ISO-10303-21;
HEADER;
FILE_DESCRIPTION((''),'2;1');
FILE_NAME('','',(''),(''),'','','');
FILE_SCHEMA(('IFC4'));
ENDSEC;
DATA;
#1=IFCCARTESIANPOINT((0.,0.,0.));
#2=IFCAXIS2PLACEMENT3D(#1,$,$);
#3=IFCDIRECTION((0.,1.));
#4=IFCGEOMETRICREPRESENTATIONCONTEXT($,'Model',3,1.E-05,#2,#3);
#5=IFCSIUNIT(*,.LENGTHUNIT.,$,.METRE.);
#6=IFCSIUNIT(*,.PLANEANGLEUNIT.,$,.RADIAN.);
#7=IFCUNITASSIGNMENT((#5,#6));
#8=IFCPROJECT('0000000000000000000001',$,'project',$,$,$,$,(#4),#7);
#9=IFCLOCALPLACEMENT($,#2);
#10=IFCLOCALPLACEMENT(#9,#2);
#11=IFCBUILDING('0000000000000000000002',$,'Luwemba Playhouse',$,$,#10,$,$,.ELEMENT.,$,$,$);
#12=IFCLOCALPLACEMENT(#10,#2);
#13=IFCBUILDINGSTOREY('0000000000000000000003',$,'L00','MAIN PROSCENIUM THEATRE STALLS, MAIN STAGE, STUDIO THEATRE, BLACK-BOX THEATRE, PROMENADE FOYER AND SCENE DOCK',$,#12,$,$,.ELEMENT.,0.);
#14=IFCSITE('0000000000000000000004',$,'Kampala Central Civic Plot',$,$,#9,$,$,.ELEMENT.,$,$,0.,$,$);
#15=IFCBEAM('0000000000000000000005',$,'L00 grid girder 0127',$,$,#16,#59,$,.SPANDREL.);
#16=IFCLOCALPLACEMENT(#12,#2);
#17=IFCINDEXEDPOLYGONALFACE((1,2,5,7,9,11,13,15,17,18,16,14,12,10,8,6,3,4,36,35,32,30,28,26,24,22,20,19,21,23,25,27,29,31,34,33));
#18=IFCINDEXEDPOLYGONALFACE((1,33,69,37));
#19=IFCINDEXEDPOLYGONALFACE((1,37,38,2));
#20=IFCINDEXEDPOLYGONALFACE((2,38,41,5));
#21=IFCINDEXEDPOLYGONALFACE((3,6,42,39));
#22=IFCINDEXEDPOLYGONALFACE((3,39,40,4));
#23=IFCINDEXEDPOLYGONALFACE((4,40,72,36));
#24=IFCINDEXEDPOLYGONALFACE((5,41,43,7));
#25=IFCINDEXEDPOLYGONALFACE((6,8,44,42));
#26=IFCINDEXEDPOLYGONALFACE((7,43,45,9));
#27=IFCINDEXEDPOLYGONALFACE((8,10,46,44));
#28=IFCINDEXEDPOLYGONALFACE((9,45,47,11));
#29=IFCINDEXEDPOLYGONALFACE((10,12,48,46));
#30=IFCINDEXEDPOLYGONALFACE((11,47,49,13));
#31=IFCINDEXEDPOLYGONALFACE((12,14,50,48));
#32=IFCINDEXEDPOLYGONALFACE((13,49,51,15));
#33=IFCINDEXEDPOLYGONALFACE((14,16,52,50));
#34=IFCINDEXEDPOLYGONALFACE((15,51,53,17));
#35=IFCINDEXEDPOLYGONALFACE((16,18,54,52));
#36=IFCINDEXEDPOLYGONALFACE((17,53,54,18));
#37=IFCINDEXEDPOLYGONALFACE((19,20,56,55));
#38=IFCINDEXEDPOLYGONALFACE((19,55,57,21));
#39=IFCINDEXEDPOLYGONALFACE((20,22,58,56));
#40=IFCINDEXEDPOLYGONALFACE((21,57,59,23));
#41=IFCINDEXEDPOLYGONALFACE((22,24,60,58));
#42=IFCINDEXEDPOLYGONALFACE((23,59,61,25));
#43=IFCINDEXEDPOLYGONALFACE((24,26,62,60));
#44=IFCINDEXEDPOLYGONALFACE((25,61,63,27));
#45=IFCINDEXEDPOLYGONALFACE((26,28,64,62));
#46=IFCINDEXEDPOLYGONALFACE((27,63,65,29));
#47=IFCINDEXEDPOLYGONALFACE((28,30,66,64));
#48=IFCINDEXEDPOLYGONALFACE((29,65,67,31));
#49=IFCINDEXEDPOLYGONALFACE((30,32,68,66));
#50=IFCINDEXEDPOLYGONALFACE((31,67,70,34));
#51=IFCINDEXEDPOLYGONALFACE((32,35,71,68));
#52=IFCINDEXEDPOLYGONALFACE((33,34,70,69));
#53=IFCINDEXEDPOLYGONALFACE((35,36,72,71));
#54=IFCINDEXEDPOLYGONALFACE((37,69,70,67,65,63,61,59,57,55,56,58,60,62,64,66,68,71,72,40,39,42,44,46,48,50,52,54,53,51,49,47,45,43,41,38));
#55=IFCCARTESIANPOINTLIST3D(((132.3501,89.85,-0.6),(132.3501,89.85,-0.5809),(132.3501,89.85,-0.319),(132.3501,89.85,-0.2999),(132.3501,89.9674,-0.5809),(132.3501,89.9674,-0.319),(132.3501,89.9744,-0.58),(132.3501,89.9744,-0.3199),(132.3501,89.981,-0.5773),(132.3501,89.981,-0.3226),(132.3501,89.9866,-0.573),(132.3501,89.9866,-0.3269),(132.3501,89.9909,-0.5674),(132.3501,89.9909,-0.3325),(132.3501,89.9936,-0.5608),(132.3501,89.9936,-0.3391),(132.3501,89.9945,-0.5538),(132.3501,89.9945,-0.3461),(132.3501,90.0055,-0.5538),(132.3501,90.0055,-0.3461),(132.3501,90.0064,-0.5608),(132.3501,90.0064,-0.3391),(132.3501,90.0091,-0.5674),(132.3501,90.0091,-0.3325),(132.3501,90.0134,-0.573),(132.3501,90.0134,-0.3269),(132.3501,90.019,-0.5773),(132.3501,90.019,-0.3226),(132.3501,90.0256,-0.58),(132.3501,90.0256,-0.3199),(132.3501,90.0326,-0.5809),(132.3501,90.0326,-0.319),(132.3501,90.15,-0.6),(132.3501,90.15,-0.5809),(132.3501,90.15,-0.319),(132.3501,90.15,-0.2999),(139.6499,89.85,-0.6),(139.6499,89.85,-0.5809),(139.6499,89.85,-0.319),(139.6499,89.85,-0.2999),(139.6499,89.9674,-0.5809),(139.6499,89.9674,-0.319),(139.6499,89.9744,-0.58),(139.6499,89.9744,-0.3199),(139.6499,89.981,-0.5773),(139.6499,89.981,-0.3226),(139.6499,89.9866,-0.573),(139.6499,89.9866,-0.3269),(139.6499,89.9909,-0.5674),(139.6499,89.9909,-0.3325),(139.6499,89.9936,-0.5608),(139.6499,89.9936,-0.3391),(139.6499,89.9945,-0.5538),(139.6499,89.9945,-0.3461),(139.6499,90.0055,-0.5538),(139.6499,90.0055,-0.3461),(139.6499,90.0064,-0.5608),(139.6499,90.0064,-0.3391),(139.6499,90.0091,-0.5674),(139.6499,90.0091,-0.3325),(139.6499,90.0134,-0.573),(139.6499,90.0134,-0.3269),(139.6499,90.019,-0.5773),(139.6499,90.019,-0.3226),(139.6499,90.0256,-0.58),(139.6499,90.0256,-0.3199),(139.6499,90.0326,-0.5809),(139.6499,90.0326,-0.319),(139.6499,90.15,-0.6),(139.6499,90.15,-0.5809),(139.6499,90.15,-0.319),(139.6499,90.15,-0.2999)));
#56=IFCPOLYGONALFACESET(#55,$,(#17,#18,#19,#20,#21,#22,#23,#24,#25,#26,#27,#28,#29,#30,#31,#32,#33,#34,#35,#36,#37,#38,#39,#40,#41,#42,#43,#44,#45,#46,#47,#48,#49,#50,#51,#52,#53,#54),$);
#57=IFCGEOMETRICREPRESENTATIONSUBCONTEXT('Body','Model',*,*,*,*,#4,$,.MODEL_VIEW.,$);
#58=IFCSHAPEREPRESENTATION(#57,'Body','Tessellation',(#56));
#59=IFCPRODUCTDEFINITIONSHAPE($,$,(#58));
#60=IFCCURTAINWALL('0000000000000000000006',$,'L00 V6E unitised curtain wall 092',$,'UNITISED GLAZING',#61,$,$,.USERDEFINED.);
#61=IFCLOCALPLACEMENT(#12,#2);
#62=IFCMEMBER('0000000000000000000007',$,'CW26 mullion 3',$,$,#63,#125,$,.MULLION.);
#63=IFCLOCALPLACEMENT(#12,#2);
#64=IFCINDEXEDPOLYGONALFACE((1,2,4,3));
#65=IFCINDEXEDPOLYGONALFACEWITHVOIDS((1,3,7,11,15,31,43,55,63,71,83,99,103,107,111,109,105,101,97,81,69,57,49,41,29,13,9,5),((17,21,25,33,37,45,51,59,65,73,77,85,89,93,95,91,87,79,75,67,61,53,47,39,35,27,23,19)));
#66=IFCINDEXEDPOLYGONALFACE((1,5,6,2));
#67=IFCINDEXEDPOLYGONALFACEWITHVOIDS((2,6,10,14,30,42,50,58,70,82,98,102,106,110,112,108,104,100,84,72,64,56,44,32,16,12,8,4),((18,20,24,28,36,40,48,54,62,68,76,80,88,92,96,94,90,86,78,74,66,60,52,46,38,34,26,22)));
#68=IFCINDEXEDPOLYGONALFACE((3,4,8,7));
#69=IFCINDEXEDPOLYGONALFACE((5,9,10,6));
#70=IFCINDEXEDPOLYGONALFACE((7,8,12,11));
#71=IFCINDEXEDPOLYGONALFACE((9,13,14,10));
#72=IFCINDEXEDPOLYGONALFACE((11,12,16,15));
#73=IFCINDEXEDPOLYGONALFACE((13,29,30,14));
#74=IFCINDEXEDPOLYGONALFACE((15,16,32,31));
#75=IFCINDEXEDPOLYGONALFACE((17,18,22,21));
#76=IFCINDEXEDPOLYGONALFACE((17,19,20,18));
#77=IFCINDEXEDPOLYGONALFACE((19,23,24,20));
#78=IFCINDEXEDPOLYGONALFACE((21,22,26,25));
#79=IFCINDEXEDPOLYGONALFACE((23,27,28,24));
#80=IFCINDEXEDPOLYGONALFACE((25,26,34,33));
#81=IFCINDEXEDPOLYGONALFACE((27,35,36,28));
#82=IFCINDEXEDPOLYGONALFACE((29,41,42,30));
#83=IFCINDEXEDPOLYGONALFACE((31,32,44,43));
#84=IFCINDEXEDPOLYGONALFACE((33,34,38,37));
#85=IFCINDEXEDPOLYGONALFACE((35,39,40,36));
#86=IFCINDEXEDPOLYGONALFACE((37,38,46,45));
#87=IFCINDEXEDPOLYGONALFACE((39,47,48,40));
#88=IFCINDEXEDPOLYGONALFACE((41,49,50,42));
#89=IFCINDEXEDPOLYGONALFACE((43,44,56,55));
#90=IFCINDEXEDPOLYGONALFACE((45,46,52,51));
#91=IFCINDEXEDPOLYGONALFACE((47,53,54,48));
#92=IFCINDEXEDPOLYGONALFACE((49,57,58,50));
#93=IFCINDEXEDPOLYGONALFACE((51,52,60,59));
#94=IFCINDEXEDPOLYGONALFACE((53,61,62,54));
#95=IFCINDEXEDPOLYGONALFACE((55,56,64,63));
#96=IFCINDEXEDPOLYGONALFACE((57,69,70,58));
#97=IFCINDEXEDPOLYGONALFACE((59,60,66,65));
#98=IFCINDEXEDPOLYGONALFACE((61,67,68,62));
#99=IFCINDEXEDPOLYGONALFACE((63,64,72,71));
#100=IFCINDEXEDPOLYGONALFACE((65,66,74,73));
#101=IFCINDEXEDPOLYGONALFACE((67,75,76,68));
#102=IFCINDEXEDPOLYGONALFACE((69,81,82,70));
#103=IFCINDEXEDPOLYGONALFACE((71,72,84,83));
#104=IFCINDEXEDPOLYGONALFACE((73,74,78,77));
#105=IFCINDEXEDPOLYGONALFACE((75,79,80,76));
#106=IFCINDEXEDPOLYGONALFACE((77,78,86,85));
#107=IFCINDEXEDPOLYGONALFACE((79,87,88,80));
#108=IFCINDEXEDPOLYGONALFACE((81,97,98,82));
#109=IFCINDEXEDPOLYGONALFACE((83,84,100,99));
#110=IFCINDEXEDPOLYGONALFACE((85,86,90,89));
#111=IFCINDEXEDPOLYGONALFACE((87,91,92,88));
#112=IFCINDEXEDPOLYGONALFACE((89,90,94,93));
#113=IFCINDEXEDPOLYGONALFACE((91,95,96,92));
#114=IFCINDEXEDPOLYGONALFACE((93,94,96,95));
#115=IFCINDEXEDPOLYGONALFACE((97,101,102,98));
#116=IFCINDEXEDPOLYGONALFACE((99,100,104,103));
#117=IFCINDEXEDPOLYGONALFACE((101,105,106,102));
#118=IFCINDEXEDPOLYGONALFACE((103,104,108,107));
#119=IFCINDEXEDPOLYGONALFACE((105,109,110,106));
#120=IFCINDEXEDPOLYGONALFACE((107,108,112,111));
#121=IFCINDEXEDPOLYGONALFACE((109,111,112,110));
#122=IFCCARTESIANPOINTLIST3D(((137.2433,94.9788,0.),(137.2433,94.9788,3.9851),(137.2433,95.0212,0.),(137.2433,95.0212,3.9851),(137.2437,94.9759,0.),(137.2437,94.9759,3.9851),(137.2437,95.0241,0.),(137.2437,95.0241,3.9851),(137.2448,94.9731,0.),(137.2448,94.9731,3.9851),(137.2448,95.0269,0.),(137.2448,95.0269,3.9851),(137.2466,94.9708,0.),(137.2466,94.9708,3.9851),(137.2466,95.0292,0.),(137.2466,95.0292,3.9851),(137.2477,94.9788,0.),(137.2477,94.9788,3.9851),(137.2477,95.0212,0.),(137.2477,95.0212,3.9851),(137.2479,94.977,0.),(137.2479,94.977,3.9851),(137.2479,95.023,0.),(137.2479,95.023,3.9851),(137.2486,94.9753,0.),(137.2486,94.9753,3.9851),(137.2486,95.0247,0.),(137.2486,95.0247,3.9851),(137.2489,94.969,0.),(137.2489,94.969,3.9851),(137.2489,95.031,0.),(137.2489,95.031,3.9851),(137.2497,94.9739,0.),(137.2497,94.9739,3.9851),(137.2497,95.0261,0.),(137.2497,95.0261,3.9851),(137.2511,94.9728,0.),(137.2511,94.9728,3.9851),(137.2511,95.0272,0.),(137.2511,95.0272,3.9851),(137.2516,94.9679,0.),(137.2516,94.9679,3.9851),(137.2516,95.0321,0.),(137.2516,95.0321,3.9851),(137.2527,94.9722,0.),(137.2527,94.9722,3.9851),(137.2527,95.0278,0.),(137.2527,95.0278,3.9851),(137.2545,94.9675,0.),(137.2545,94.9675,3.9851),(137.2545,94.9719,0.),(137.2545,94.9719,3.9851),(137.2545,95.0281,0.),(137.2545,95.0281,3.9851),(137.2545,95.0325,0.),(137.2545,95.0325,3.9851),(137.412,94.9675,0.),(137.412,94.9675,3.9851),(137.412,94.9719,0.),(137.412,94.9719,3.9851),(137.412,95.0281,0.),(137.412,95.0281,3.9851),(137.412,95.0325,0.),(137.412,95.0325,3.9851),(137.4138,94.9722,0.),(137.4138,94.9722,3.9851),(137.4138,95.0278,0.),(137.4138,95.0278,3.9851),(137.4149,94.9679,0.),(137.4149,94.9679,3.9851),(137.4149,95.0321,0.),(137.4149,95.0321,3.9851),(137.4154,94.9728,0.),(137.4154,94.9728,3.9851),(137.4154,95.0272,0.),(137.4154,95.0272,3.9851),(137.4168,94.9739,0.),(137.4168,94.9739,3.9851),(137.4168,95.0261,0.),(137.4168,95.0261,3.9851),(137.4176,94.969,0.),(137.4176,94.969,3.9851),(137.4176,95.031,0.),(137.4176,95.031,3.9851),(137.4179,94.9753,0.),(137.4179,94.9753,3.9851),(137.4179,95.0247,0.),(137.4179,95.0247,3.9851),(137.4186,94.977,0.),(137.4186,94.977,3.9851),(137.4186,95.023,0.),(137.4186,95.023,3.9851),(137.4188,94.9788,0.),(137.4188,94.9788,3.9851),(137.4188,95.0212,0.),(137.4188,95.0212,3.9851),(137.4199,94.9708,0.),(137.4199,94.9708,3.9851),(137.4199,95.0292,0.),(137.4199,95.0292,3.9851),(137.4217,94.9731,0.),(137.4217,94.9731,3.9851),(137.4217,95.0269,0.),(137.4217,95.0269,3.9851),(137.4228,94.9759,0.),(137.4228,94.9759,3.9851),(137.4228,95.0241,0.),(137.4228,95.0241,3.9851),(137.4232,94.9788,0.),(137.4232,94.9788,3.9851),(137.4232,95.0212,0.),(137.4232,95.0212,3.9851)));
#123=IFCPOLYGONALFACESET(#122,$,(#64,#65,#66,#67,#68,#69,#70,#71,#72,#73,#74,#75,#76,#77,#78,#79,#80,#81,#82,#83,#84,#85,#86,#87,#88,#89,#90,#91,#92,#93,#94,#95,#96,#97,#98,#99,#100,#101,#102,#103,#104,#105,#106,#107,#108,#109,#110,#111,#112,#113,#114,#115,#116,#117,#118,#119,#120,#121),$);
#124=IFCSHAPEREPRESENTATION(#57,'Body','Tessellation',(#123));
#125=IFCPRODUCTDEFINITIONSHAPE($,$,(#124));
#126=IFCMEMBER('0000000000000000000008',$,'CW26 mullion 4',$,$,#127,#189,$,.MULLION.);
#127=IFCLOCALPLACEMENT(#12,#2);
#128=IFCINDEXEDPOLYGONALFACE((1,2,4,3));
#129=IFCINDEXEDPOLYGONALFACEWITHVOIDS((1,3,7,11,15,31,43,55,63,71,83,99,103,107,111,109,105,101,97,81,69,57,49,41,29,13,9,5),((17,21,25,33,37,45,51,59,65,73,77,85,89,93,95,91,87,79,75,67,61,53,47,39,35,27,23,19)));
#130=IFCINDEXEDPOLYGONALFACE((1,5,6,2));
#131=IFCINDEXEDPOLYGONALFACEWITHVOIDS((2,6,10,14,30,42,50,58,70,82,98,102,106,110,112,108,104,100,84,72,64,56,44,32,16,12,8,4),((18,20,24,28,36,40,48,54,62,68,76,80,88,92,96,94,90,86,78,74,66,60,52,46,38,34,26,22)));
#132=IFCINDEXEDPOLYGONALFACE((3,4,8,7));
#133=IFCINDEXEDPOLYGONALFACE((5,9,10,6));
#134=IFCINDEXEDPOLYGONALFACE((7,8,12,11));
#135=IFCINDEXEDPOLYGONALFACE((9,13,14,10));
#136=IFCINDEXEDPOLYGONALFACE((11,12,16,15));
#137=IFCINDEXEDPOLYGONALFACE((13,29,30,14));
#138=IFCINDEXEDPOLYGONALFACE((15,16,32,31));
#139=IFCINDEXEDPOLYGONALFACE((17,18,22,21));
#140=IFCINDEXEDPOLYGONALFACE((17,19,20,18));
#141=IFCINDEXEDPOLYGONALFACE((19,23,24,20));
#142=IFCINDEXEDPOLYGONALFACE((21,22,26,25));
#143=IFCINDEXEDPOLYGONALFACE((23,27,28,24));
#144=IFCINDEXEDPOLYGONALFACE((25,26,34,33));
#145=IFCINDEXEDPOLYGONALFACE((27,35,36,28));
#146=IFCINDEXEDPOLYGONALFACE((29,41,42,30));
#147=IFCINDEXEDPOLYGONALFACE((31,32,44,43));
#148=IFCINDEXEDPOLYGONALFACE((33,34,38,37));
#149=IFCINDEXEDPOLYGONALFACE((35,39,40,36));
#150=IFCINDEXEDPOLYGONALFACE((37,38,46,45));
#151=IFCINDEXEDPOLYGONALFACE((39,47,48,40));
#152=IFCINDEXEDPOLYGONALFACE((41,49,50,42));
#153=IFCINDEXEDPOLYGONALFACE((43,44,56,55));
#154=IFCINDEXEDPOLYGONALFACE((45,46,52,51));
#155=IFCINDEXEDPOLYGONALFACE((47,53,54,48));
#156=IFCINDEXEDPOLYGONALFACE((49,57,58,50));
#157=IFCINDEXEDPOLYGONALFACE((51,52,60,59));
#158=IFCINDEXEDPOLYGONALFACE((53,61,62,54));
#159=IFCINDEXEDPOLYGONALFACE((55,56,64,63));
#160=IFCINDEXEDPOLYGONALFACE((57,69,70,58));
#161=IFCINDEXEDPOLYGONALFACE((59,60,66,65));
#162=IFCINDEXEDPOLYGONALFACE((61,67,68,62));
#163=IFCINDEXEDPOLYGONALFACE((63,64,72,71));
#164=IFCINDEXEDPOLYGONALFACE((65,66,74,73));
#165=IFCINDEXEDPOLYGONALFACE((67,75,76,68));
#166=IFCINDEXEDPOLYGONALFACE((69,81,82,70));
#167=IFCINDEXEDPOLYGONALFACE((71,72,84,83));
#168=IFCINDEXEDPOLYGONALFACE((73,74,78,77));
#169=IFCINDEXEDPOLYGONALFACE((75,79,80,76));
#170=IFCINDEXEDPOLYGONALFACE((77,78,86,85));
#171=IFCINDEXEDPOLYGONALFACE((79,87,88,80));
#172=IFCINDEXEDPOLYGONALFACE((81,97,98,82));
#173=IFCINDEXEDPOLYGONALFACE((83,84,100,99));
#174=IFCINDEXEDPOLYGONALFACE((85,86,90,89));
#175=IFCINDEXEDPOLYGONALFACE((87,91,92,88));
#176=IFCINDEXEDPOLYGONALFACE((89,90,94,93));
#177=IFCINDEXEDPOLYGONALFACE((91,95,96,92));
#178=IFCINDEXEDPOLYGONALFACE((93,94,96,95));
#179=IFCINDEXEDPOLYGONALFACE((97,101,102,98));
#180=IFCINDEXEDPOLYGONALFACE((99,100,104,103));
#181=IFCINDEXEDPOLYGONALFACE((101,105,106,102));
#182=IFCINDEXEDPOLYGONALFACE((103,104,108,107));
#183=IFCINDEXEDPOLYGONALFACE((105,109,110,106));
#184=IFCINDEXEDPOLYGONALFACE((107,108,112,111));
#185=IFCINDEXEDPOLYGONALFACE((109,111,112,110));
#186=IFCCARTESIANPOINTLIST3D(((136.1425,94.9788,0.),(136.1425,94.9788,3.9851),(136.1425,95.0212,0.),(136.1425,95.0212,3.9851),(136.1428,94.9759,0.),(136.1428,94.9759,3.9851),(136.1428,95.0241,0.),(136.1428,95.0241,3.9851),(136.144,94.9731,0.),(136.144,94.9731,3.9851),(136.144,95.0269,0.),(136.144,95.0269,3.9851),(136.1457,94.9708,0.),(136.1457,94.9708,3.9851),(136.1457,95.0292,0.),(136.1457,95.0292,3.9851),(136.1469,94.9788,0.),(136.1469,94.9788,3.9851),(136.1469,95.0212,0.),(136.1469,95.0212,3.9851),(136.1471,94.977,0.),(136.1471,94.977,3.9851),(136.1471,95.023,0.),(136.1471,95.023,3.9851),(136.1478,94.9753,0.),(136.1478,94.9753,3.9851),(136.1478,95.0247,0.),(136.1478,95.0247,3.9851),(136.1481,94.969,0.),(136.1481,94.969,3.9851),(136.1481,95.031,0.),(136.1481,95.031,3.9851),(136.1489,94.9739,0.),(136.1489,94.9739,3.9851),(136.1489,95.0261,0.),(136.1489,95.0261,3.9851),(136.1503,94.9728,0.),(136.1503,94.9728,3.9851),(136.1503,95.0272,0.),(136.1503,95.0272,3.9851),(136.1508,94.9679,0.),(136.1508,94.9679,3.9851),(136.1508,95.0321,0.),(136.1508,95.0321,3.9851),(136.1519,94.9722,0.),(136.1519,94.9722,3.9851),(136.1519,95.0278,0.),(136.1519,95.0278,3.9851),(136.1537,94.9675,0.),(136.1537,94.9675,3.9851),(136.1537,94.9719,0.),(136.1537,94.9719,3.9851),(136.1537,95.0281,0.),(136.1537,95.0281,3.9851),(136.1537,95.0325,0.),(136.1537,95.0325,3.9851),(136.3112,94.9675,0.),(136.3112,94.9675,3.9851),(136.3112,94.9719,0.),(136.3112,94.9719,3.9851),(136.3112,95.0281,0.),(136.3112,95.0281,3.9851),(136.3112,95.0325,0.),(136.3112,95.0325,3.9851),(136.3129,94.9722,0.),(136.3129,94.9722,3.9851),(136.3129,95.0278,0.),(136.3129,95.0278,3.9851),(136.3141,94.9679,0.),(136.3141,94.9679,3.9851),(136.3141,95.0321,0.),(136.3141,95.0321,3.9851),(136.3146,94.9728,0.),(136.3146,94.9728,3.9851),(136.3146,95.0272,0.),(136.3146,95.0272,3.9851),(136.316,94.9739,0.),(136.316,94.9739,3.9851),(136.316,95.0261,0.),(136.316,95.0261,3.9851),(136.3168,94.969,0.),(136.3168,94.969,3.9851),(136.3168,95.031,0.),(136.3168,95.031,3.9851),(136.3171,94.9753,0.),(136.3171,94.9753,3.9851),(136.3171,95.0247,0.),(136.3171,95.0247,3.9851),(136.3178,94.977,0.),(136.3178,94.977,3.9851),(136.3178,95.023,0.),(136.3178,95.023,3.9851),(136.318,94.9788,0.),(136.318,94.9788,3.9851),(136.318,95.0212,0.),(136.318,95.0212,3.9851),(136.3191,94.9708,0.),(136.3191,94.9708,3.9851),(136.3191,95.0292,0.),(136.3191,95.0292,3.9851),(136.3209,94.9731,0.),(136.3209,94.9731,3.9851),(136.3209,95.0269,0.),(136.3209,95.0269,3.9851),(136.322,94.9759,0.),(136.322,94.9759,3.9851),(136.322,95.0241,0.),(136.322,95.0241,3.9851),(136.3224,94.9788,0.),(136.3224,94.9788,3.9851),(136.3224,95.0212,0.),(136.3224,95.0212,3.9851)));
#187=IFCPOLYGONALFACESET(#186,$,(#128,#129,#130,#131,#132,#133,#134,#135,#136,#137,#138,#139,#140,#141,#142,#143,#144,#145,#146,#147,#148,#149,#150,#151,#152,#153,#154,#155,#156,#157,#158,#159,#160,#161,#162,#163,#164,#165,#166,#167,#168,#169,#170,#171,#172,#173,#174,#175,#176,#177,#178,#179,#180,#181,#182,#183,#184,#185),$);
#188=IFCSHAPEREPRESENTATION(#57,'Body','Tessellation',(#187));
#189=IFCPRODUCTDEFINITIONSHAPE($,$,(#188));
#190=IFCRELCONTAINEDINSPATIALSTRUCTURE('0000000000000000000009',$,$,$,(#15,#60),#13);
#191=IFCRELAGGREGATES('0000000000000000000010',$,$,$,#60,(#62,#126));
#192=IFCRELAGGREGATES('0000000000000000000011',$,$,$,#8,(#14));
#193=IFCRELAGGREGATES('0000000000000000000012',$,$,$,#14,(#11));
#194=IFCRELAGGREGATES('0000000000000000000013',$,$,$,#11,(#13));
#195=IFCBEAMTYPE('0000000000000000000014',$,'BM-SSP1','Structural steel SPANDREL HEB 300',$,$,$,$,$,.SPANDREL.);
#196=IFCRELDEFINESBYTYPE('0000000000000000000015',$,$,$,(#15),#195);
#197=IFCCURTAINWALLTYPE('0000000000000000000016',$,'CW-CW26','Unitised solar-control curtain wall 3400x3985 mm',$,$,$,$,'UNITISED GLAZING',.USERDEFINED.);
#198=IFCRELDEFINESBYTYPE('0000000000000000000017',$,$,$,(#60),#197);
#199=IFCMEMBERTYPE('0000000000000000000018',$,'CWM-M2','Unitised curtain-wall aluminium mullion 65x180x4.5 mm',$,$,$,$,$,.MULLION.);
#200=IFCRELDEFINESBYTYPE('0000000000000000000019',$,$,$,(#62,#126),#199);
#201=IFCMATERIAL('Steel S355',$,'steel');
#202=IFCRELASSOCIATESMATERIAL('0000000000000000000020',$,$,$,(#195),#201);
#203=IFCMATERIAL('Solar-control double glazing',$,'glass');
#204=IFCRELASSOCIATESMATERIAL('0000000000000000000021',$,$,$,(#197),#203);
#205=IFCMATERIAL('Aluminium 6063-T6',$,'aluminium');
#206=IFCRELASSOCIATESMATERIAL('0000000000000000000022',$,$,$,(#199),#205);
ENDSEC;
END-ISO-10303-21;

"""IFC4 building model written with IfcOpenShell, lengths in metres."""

from ifc_helpers import new_model, si_unit, direction, frame, origin, origin_2d, place, context, subcontext, project, spatial, hollow_rectangle, i_section, extrude, material, material_profile, profile_set, type_object, element, aggregate, save


model = new_model("IFC4")

# Units and contexts
model_context = context("Model", 3, precision=1e-05, world=origin(), true_north=direction((0.0, 1.0)))
body_context = subcontext(model_context, "Body", "Model", "MODEL_VIEW")
ifc_project = project(units=[si_unit("LENGTHUNIT", "METRE"), si_unit("PLANEANGLEUNIT", "RADIAN")], contexts=[model_context])

# Site, building, storey
site_placement = place(None, origin())
site = spatial("IfcSite", under=ifc_project, at=site_placement, Name="Kampala Central Civic Plot", CompositionType="ELEMENT", RefElevation=0.0)
building_placement = place(site_placement, origin())
building = spatial("IfcBuilding", under=site, at=building_placement, Name="Luwemba Playhouse", CompositionType="ELEMENT")
storey_placement = place(building_placement, origin())
storey = spatial("IfcBuildingStorey", under=building, at=storey_placement, Name="L00", Description="MAIN PROSCENIUM THEATRE STALLS, MAIN STAGE, STUDIO THEATRE, BLACK-BOX THEATRE, PROMENADE FOYER AND SCENE DOCK", CompositionType="ELEMENT", Elevation=0.0)

# Beam
ifc_material_1 = material(Name="Steel S355", Category="steel")
ifc_material_profile_1 = material_profile(ifc_material_1, i_section(OverallWidth=0.3, OverallDepth=0.3, WebThickness=0.011, FlangeThickness=0.019, FilletRadius=0.0271, at=origin_2d()))
ifc_profile_set_1 = profile_set([ifc_material_profile_1], Name="Steel S355")
beam_type_1 = type_object("IfcBeamType", Name="BM-SSP1", Description="Structural steel SPANDREL HEB 300", PredefinedType="SPANDREL", material=ifc_profile_set_1)
beam_1_placement = place(storey_placement, frame((132.3501, 90.0, -0.45), z_axis=(1.0, 0.0, 0.0), x_axis=(0.0, 1.0, 0.0)))
element("IfcBeam", 1, at=beam_1_placement, inside=storey, type_object=beam_type_1, Name="L00 grid girder 0127", PredefinedType="SPANDREL", context=body_context, shape_type="SweptSolid", body=[
    extrude(i_section(OverallWidth=0.3, OverallDepth=0.3, WebThickness=0.011, FlangeThickness=0.019, FilletRadius=0.0271, at=origin_2d()), origin(), (0.0, 0.0, 1.0), 7.2998),
])

# Curtain wall, members
ifc_material_2 = material(Name="Solar-control double glazing", Category="glass")
curtain_wall_type_1 = type_object("IfcCurtainWallType", Name="CW-CW26", Description="Unitised solar-control curtain wall 3400x3985 mm", ElementType="UNITISED GLAZING", PredefinedType="USERDEFINED", material=ifc_material_2)
curtain_wall_1_placement = place(storey_placement, origin())
curtain_wall_1 = element("IfcCurtainWall", 2, at=curtain_wall_1_placement, inside=storey, type_object=curtain_wall_type_1, Name="L00 V6E unitised curtain wall 092", ObjectType="UNITISED GLAZING", PredefinedType="USERDEFINED")
ifc_material_3 = material(Name="Aluminium 6063-T6", Category="aluminium")
ifc_material_profile_2 = material_profile(ifc_material_3, hollow_rectangle(XDim=0.0649, YDim=0.1799, WallThickness=0.0044, InnerFilletRadius=0.0068, OuterFilletRadius=0.0112, at=origin_2d()))
ifc_profile_set_2 = profile_set([ifc_material_profile_2], Name="Aluminium 6063-T6")
member_type_1 = type_object("IfcMemberType", Name="CWM-M2", Description="Unitised curtain-wall aluminium mullion 65x180x4.5 mm", PredefinedType="MULLION", material=ifc_profile_set_2)
member_1_placement = place(storey_placement, frame((137.3333, 95.0, 0.0), z_axis=(0.0, 0.0, 1.0), x_axis=(0.0, -1.0, 0.0)))
member_1 = element("IfcMember", 3, at=member_1_placement, type_object=member_type_1, Name="CW26 mullion 3", PredefinedType="MULLION", context=body_context, shape_type="SweptSolid", body=[
    extrude(hollow_rectangle(XDim=0.0649, YDim=0.1799, WallThickness=0.0044, InnerFilletRadius=0.0068, OuterFilletRadius=0.0112, at=origin_2d()), origin(), (0.0, 0.0, 1.0), 3.9851),
])
member_2_placement = place(storey_placement, frame((136.2324, 95.0, 0.0), z_axis=(0.0, 0.0, 1.0), x_axis=(0.0, -1.0, 0.0)))
member_2 = element("IfcMember", 4, at=member_2_placement, type_object=member_type_1, Name="CW26 mullion 4", PredefinedType="MULLION", context=body_context, shape_type="SweptSolid", body=[
    extrude(hollow_rectangle(XDim=0.0649, YDim=0.1799, WallThickness=0.0044, InnerFilletRadius=0.0068, OuterFilletRadius=0.0112, at=origin_2d()), origin(), (0.0, 0.0, 1.0), 3.9851),
])

aggregate(curtain_wall_1, [member_1, member_2])

save(model, "model.ifc")
